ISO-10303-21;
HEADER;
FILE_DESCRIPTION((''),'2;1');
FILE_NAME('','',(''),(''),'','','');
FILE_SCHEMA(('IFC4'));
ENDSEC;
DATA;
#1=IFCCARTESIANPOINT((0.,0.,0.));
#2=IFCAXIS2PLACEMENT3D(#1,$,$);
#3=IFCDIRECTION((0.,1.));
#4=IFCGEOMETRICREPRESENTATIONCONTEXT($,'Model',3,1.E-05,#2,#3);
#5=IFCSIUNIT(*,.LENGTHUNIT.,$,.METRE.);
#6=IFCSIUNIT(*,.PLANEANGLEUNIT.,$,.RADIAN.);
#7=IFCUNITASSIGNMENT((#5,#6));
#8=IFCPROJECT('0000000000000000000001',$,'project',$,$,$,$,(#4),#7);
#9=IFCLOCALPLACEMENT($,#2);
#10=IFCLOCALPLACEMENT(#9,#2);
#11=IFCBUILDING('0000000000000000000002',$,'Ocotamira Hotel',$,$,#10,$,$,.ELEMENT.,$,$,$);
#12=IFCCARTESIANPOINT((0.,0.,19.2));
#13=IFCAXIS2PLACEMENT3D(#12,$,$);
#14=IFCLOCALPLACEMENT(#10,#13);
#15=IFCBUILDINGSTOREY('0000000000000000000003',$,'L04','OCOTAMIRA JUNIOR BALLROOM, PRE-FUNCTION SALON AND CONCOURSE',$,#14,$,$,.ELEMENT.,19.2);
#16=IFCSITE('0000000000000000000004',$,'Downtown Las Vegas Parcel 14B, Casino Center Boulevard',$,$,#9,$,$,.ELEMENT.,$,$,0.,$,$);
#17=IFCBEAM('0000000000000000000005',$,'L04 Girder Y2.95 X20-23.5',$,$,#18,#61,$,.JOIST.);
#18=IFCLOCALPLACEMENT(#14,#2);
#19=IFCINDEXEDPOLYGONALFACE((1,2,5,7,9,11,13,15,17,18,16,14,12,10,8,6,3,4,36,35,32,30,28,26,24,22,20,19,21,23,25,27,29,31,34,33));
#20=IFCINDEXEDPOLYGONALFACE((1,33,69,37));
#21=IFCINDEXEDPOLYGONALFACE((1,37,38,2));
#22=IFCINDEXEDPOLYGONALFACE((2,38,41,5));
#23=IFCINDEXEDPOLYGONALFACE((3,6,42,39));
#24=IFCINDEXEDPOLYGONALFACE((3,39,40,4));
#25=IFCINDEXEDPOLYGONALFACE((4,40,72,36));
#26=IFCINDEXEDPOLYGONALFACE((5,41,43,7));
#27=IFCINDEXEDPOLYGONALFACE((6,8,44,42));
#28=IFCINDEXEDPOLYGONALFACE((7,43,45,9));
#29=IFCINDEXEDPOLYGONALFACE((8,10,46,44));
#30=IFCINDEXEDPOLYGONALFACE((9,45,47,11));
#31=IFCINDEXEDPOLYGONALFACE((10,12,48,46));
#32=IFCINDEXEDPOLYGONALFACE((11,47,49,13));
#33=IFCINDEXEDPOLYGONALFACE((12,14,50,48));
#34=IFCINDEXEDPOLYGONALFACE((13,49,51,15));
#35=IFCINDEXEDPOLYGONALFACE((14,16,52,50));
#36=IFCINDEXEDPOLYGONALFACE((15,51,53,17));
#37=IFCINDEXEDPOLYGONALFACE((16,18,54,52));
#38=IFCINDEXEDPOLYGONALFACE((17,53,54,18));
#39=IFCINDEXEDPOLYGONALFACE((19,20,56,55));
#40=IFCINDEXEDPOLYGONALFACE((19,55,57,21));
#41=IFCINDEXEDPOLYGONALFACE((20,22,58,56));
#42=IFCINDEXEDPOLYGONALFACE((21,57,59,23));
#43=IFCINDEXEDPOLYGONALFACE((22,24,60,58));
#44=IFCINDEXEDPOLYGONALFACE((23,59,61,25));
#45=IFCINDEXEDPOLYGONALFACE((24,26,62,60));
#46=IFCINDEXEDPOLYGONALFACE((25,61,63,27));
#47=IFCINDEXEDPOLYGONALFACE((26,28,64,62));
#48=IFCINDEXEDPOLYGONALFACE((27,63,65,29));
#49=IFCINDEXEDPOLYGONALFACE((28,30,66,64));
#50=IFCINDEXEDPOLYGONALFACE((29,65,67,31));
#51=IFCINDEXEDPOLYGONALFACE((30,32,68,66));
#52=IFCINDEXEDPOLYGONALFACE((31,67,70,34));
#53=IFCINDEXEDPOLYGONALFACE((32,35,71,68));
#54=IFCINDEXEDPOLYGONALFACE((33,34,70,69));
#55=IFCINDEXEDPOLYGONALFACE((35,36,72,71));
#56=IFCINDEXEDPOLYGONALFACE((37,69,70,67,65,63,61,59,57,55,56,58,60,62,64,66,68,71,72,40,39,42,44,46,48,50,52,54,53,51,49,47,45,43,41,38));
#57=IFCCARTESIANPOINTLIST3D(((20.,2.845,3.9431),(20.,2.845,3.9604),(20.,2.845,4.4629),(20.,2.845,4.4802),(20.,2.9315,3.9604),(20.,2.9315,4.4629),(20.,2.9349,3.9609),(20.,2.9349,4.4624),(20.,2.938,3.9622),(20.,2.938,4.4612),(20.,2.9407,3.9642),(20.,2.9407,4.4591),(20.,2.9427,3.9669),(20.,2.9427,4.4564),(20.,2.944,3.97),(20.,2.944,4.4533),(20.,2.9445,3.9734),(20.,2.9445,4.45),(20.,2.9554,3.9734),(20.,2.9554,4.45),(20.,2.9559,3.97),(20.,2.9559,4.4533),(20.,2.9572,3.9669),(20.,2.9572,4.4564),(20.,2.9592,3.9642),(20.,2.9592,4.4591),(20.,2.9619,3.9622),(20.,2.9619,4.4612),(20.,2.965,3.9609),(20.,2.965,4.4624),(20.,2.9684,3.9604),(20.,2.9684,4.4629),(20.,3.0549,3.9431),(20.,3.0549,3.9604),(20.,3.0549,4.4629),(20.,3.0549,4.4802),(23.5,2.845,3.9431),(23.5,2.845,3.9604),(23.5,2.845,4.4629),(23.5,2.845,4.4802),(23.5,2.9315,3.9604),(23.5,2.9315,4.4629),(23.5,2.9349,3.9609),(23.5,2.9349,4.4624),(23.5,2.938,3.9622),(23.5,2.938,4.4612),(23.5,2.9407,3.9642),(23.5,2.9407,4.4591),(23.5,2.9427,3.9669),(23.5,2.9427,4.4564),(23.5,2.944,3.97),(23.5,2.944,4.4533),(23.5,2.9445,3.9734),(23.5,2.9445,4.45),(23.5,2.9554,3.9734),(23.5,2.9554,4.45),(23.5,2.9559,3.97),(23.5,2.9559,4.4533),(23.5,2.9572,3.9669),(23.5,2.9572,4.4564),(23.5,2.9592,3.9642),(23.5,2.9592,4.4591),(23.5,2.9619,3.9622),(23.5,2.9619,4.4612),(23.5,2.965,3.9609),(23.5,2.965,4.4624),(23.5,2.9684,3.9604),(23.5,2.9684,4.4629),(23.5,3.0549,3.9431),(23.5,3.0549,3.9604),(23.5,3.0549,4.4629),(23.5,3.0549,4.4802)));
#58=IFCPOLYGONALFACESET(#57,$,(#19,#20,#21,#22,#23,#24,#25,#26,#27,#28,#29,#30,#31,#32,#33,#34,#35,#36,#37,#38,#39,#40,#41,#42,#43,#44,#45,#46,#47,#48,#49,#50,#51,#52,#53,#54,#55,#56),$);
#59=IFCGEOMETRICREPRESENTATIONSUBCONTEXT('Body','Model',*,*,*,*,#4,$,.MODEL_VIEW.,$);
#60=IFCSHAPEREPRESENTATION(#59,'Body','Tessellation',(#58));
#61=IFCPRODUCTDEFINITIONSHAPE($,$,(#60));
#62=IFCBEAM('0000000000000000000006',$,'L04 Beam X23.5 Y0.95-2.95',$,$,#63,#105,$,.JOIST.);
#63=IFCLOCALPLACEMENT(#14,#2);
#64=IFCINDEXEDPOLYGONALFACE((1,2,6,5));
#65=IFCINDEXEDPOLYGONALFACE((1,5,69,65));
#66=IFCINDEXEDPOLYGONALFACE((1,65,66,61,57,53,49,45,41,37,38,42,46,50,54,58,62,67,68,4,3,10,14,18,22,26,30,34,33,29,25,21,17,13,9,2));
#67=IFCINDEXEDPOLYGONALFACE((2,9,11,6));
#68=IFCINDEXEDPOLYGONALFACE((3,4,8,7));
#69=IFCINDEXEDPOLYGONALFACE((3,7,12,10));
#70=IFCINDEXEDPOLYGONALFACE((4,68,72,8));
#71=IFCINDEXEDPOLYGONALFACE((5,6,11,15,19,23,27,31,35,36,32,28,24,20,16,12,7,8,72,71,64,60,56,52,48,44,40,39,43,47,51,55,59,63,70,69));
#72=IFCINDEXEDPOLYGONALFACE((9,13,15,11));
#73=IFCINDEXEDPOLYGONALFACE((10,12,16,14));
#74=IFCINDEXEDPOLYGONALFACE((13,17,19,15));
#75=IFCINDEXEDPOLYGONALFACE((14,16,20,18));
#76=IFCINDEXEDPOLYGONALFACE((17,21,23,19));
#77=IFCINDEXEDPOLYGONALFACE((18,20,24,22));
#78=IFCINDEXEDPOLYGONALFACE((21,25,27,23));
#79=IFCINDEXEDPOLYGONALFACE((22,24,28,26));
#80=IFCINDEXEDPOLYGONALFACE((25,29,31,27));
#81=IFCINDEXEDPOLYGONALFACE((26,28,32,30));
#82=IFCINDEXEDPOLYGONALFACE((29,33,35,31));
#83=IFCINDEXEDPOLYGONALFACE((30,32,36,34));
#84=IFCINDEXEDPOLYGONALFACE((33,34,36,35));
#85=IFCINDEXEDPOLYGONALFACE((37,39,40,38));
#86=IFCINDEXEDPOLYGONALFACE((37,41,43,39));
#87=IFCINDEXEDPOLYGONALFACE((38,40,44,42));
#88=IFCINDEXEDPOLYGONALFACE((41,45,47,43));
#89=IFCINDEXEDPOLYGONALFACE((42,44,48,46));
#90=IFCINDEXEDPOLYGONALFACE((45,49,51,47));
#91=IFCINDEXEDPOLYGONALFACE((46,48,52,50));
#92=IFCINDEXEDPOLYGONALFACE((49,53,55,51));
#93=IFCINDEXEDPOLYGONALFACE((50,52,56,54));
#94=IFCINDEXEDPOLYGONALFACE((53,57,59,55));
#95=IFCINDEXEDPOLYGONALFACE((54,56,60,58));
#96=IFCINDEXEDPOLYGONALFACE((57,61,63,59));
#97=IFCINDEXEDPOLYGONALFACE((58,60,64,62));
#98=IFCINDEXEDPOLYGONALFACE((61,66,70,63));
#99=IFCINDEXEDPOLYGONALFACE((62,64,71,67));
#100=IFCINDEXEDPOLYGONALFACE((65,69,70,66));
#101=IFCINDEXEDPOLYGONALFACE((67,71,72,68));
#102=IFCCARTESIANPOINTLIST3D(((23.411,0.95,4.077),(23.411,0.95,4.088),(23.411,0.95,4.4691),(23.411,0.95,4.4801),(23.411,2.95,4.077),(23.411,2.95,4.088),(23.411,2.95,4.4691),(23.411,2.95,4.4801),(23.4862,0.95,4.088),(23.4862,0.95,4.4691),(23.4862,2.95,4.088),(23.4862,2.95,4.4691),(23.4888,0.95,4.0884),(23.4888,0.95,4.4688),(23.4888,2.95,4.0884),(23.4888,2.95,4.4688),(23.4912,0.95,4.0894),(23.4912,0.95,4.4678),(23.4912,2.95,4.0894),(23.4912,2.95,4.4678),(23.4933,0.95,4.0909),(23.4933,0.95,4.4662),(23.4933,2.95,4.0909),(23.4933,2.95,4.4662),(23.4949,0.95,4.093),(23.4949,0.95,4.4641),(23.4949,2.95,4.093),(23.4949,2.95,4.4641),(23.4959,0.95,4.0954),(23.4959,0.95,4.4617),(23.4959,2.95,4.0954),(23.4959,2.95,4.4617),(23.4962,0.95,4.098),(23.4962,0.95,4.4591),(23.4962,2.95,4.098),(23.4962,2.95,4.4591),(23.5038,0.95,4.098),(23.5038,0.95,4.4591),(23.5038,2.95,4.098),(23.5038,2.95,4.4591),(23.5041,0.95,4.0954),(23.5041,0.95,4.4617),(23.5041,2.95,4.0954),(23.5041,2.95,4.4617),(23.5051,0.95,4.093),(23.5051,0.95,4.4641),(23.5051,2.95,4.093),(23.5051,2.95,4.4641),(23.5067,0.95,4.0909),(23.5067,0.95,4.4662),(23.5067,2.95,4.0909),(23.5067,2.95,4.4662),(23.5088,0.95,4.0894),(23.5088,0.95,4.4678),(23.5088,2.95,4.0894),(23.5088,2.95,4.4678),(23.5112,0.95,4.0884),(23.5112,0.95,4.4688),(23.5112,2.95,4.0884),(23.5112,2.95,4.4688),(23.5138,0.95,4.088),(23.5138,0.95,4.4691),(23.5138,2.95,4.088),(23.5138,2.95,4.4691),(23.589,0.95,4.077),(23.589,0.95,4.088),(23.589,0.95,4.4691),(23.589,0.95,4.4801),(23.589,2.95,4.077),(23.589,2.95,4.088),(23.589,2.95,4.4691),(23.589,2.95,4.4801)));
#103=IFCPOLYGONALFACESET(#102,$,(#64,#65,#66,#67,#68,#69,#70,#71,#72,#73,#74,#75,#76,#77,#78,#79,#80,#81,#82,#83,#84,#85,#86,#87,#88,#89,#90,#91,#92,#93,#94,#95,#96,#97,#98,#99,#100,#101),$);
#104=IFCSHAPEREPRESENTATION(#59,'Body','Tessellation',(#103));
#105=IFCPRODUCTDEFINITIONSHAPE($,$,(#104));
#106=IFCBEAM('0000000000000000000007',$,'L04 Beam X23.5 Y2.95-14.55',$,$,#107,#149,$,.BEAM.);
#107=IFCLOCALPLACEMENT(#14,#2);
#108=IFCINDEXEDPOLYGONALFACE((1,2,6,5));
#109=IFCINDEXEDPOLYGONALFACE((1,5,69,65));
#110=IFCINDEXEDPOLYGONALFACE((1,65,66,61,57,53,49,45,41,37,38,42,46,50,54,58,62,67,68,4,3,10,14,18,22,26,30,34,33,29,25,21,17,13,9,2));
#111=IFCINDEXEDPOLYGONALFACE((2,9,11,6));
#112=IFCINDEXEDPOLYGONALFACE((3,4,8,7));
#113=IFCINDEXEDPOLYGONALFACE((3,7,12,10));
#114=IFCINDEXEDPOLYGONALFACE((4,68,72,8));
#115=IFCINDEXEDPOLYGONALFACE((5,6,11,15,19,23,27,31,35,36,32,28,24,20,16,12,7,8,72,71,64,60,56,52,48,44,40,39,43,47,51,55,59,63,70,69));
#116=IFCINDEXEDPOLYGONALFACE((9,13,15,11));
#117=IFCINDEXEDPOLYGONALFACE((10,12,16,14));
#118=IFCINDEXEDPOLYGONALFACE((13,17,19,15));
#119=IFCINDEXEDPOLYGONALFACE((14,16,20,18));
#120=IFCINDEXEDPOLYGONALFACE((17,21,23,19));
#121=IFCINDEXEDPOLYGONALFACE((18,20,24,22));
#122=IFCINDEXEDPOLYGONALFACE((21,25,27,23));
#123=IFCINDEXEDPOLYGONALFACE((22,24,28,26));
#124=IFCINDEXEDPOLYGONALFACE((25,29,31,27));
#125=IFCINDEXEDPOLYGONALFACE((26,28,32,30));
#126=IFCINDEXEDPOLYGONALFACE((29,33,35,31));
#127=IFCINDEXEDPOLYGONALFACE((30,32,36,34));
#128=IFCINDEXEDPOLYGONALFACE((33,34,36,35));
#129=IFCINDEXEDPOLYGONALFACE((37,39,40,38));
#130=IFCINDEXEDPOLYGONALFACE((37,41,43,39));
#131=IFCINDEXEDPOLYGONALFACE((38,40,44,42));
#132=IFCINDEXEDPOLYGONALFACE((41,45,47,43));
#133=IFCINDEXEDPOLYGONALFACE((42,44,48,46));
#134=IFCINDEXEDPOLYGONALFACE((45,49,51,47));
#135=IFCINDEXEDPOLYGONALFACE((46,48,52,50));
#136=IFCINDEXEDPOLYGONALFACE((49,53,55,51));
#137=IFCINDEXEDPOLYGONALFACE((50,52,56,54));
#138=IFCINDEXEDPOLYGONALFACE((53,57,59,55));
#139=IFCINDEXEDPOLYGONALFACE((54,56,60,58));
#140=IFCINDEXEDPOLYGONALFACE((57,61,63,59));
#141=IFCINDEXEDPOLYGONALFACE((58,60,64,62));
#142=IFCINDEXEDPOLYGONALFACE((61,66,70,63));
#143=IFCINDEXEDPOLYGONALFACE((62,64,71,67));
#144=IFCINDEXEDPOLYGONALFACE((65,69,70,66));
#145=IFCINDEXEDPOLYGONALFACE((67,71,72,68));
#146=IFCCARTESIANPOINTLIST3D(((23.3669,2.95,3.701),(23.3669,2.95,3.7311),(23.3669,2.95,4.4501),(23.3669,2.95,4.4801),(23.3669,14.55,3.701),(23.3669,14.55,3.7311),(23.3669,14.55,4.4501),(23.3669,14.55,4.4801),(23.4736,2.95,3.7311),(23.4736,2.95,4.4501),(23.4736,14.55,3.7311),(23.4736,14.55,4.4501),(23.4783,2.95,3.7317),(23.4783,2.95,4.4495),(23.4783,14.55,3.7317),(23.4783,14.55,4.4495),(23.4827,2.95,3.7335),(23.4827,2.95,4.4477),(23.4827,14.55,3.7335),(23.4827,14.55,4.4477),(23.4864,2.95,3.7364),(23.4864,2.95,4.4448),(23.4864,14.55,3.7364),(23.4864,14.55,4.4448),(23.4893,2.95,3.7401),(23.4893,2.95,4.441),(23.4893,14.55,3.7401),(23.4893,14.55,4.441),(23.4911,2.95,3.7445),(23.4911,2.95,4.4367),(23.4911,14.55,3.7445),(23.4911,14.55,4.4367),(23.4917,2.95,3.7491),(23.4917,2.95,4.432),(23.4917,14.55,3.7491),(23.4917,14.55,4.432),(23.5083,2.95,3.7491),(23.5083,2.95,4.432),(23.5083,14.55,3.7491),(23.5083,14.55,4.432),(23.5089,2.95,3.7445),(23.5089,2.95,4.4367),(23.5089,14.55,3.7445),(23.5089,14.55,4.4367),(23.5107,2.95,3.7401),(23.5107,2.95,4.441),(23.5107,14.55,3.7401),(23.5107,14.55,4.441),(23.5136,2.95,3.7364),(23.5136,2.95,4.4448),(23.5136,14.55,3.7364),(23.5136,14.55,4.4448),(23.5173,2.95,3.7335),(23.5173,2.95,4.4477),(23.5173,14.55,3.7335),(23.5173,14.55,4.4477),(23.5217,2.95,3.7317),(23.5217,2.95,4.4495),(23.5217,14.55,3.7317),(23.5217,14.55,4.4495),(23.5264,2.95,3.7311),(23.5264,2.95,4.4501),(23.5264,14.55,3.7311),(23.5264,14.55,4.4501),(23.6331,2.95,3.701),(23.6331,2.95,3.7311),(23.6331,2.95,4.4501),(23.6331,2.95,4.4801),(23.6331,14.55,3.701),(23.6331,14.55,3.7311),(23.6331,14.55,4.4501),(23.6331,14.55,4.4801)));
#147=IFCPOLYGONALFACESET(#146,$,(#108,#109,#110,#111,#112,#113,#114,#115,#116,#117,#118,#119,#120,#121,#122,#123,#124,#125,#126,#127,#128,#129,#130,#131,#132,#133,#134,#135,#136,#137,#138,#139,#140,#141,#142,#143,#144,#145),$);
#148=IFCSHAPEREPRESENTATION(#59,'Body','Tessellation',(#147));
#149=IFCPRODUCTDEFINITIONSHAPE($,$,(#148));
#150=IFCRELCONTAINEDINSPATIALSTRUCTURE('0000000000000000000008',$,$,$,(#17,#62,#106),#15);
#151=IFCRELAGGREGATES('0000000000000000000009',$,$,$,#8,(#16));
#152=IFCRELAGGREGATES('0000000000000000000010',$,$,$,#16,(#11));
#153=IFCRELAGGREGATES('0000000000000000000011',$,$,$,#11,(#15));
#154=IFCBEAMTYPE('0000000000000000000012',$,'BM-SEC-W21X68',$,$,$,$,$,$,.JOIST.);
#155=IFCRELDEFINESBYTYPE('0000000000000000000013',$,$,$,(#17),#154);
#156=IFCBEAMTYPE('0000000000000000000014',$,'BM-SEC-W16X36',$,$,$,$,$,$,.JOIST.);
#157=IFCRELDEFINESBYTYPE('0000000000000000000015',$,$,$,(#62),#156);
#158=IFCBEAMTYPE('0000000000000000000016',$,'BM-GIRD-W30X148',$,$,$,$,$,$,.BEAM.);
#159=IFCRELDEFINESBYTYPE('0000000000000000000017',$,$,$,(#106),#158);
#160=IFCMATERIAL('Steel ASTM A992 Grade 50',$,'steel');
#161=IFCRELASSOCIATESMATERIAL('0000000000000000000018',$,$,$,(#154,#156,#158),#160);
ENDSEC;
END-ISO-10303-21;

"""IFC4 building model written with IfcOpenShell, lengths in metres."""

from ifc_helpers import new_model, si_unit, direction, frame, origin, origin_2d, place, context, subcontext, project, spatial, i_section, extrude, source, transform, mapped, material, material_profile, profile_set, type_object, element, save


model = new_model("IFC4")

# Units and contexts
model_context = context("Model", 3, precision=1e-05, world=origin(), true_north=direction((0.0, 1.0)))
body_context = subcontext(model_context, "Body", "Model", "MODEL_VIEW")
ifc_project = project(units=[si_unit("LENGTHUNIT", "METRE"), si_unit("PLANEANGLEUNIT", "RADIAN")], contexts=[model_context])

# Site, building, storey
site_placement = place(None, origin())
site = spatial("IfcSite", under=ifc_project, at=site_placement, Name="Downtown Las Vegas Parcel 14B, Casino Center Boulevard", CompositionType="ELEMENT", RefElevation=0.0)
building_placement = place(site_placement, origin())
building = spatial("IfcBuilding", under=site, at=building_placement, Name="Ocotamira Hotel", CompositionType="ELEMENT")
storey_placement = place(building_placement, frame((0.0, 0.0, 19.2)))
storey = spatial("IfcBuildingStorey", under=building, at=storey_placement, Name="L04", Description="OCOTAMIRA JUNIOR BALLROOM, PRE-FUNCTION SALON AND CONCOURSE", CompositionType="ELEMENT", Elevation=19.2)

# Beams
ifc_material_1 = material(Name="Steel ASTM A992 Grade 50", Category="steel")
ifc_material_profile_1 = material_profile(ifc_material_1, i_section(OverallWidth=0.21, OverallDepth=0.5371, WebThickness=0.011, FlangeThickness=0.0173, FilletRadius=0.0129, at=origin_2d()), Name="W21X68")
ifc_profile_set_1 = profile_set([ifc_material_profile_1], Name="Steel ASTM A992 Grade 50")
beam_type_1 = type_object("IfcBeamType", Name="BM-SEC-W21X68", PredefinedType="JOIST", material=ifc_profile_set_1)
shared_shape_1 = source(origin(), body_context, "Body", "SweptSolid", [
    extrude(i_section(OverallWidth=0.21, OverallDepth=0.5371, WebThickness=0.011, FlangeThickness=0.0173, FilletRadius=0.0129, at=origin_2d()), origin(), (0.0, 0.0, 1.0), 3.5),
])
beam_1_placement = place(storey_placement, frame((20.0, 2.95, 4.2117), z_axis=(1.0, 0.0, 0.0), x_axis=(0.0, 1.0, 0.0)))
element("IfcBeam", 1, at=beam_1_placement, inside=storey, type_object=beam_type_1, Name="L04 Girder Y2.95 X20-23.5", PredefinedType="JOIST", context=body_context, shape_type="MappedRepresentation", body=[
    mapped(shared_shape_1, transform((0.0, 0.0, 0.0), scale=1.0)),
])
ifc_material_profile_2 = material_profile(ifc_material_1, i_section(OverallWidth=0.178, OverallDepth=0.4031, WebThickness=0.0076, FlangeThickness=0.011, FilletRadius=0.01, at=origin_2d()), Name="W16X36")
ifc_profile_set_2 = profile_set([ifc_material_profile_2], Name="Steel ASTM A992 Grade 50")
beam_type_2 = type_object("IfcBeamType", Name="BM-SEC-W16X36", PredefinedType="JOIST", material=ifc_profile_set_2)
shared_shape_2 = source(origin(), body_context, "Body", "SweptSolid", [
    extrude(i_section(OverallWidth=0.178, OverallDepth=0.4031, WebThickness=0.0076, FlangeThickness=0.011, FilletRadius=0.01, at=origin_2d()), origin(), (0.0, 0.0, 1.0), 2.0),
])
beam_2_placement = place(storey_placement, frame((23.5, 0.95, 4.2786), z_axis=(0.0, 1.0, 0.0), x_axis=(-1.0, 0.0, 0.0)))
element("IfcBeam", 2, at=beam_2_placement, inside=storey, type_object=beam_type_2, Name="L04 Beam X23.5 Y0.95-2.95", PredefinedType="JOIST", context=body_context, shape_type="MappedRepresentation", body=[
    mapped(shared_shape_2, transform((0.0, 0.0, 0.0), scale=1.0)),
])
ifc_material_profile_3 = material_profile(ifc_material_1, i_section(OverallWidth=0.2661, OverallDepth=0.7791, WebThickness=0.0166, FlangeThickness=0.03, FilletRadius=0.0181, at=origin_2d()), Name="W30X148")
ifc_profile_set_3 = profile_set([ifc_material_profile_3], Name="Steel ASTM A992 Grade 50")
beam_type_3 = type_object("IfcBeamType", Name="BM-GIRD-W30X148", PredefinedType="BEAM", material=ifc_profile_set_3)
shared_shape_3 = source(origin(), body_context, "Body", "SweptSolid", [
    extrude(i_section(OverallWidth=0.2661, OverallDepth=0.7791, WebThickness=0.0166, FlangeThickness=0.03, FilletRadius=0.0181, at=origin_2d()), origin(), (0.0, 0.0, 1.0), 11.6001),
])
beam_3_placement = place(storey_placement, frame((23.5, 2.95, 4.0906), z_axis=(0.0, 1.0, 0.0), x_axis=(-1.0, 0.0, 0.0)))
element("IfcBeam", 3, at=beam_3_placement, inside=storey, type_object=beam_type_3, Name="L04 Beam X23.5 Y2.95-14.55", PredefinedType="BEAM", context=body_context, shape_type="MappedRepresentation", body=[
    mapped(shared_shape_3, transform((0.0, 0.0, 0.0), scale=1.0)),
])

save(model, "model.ifc")
